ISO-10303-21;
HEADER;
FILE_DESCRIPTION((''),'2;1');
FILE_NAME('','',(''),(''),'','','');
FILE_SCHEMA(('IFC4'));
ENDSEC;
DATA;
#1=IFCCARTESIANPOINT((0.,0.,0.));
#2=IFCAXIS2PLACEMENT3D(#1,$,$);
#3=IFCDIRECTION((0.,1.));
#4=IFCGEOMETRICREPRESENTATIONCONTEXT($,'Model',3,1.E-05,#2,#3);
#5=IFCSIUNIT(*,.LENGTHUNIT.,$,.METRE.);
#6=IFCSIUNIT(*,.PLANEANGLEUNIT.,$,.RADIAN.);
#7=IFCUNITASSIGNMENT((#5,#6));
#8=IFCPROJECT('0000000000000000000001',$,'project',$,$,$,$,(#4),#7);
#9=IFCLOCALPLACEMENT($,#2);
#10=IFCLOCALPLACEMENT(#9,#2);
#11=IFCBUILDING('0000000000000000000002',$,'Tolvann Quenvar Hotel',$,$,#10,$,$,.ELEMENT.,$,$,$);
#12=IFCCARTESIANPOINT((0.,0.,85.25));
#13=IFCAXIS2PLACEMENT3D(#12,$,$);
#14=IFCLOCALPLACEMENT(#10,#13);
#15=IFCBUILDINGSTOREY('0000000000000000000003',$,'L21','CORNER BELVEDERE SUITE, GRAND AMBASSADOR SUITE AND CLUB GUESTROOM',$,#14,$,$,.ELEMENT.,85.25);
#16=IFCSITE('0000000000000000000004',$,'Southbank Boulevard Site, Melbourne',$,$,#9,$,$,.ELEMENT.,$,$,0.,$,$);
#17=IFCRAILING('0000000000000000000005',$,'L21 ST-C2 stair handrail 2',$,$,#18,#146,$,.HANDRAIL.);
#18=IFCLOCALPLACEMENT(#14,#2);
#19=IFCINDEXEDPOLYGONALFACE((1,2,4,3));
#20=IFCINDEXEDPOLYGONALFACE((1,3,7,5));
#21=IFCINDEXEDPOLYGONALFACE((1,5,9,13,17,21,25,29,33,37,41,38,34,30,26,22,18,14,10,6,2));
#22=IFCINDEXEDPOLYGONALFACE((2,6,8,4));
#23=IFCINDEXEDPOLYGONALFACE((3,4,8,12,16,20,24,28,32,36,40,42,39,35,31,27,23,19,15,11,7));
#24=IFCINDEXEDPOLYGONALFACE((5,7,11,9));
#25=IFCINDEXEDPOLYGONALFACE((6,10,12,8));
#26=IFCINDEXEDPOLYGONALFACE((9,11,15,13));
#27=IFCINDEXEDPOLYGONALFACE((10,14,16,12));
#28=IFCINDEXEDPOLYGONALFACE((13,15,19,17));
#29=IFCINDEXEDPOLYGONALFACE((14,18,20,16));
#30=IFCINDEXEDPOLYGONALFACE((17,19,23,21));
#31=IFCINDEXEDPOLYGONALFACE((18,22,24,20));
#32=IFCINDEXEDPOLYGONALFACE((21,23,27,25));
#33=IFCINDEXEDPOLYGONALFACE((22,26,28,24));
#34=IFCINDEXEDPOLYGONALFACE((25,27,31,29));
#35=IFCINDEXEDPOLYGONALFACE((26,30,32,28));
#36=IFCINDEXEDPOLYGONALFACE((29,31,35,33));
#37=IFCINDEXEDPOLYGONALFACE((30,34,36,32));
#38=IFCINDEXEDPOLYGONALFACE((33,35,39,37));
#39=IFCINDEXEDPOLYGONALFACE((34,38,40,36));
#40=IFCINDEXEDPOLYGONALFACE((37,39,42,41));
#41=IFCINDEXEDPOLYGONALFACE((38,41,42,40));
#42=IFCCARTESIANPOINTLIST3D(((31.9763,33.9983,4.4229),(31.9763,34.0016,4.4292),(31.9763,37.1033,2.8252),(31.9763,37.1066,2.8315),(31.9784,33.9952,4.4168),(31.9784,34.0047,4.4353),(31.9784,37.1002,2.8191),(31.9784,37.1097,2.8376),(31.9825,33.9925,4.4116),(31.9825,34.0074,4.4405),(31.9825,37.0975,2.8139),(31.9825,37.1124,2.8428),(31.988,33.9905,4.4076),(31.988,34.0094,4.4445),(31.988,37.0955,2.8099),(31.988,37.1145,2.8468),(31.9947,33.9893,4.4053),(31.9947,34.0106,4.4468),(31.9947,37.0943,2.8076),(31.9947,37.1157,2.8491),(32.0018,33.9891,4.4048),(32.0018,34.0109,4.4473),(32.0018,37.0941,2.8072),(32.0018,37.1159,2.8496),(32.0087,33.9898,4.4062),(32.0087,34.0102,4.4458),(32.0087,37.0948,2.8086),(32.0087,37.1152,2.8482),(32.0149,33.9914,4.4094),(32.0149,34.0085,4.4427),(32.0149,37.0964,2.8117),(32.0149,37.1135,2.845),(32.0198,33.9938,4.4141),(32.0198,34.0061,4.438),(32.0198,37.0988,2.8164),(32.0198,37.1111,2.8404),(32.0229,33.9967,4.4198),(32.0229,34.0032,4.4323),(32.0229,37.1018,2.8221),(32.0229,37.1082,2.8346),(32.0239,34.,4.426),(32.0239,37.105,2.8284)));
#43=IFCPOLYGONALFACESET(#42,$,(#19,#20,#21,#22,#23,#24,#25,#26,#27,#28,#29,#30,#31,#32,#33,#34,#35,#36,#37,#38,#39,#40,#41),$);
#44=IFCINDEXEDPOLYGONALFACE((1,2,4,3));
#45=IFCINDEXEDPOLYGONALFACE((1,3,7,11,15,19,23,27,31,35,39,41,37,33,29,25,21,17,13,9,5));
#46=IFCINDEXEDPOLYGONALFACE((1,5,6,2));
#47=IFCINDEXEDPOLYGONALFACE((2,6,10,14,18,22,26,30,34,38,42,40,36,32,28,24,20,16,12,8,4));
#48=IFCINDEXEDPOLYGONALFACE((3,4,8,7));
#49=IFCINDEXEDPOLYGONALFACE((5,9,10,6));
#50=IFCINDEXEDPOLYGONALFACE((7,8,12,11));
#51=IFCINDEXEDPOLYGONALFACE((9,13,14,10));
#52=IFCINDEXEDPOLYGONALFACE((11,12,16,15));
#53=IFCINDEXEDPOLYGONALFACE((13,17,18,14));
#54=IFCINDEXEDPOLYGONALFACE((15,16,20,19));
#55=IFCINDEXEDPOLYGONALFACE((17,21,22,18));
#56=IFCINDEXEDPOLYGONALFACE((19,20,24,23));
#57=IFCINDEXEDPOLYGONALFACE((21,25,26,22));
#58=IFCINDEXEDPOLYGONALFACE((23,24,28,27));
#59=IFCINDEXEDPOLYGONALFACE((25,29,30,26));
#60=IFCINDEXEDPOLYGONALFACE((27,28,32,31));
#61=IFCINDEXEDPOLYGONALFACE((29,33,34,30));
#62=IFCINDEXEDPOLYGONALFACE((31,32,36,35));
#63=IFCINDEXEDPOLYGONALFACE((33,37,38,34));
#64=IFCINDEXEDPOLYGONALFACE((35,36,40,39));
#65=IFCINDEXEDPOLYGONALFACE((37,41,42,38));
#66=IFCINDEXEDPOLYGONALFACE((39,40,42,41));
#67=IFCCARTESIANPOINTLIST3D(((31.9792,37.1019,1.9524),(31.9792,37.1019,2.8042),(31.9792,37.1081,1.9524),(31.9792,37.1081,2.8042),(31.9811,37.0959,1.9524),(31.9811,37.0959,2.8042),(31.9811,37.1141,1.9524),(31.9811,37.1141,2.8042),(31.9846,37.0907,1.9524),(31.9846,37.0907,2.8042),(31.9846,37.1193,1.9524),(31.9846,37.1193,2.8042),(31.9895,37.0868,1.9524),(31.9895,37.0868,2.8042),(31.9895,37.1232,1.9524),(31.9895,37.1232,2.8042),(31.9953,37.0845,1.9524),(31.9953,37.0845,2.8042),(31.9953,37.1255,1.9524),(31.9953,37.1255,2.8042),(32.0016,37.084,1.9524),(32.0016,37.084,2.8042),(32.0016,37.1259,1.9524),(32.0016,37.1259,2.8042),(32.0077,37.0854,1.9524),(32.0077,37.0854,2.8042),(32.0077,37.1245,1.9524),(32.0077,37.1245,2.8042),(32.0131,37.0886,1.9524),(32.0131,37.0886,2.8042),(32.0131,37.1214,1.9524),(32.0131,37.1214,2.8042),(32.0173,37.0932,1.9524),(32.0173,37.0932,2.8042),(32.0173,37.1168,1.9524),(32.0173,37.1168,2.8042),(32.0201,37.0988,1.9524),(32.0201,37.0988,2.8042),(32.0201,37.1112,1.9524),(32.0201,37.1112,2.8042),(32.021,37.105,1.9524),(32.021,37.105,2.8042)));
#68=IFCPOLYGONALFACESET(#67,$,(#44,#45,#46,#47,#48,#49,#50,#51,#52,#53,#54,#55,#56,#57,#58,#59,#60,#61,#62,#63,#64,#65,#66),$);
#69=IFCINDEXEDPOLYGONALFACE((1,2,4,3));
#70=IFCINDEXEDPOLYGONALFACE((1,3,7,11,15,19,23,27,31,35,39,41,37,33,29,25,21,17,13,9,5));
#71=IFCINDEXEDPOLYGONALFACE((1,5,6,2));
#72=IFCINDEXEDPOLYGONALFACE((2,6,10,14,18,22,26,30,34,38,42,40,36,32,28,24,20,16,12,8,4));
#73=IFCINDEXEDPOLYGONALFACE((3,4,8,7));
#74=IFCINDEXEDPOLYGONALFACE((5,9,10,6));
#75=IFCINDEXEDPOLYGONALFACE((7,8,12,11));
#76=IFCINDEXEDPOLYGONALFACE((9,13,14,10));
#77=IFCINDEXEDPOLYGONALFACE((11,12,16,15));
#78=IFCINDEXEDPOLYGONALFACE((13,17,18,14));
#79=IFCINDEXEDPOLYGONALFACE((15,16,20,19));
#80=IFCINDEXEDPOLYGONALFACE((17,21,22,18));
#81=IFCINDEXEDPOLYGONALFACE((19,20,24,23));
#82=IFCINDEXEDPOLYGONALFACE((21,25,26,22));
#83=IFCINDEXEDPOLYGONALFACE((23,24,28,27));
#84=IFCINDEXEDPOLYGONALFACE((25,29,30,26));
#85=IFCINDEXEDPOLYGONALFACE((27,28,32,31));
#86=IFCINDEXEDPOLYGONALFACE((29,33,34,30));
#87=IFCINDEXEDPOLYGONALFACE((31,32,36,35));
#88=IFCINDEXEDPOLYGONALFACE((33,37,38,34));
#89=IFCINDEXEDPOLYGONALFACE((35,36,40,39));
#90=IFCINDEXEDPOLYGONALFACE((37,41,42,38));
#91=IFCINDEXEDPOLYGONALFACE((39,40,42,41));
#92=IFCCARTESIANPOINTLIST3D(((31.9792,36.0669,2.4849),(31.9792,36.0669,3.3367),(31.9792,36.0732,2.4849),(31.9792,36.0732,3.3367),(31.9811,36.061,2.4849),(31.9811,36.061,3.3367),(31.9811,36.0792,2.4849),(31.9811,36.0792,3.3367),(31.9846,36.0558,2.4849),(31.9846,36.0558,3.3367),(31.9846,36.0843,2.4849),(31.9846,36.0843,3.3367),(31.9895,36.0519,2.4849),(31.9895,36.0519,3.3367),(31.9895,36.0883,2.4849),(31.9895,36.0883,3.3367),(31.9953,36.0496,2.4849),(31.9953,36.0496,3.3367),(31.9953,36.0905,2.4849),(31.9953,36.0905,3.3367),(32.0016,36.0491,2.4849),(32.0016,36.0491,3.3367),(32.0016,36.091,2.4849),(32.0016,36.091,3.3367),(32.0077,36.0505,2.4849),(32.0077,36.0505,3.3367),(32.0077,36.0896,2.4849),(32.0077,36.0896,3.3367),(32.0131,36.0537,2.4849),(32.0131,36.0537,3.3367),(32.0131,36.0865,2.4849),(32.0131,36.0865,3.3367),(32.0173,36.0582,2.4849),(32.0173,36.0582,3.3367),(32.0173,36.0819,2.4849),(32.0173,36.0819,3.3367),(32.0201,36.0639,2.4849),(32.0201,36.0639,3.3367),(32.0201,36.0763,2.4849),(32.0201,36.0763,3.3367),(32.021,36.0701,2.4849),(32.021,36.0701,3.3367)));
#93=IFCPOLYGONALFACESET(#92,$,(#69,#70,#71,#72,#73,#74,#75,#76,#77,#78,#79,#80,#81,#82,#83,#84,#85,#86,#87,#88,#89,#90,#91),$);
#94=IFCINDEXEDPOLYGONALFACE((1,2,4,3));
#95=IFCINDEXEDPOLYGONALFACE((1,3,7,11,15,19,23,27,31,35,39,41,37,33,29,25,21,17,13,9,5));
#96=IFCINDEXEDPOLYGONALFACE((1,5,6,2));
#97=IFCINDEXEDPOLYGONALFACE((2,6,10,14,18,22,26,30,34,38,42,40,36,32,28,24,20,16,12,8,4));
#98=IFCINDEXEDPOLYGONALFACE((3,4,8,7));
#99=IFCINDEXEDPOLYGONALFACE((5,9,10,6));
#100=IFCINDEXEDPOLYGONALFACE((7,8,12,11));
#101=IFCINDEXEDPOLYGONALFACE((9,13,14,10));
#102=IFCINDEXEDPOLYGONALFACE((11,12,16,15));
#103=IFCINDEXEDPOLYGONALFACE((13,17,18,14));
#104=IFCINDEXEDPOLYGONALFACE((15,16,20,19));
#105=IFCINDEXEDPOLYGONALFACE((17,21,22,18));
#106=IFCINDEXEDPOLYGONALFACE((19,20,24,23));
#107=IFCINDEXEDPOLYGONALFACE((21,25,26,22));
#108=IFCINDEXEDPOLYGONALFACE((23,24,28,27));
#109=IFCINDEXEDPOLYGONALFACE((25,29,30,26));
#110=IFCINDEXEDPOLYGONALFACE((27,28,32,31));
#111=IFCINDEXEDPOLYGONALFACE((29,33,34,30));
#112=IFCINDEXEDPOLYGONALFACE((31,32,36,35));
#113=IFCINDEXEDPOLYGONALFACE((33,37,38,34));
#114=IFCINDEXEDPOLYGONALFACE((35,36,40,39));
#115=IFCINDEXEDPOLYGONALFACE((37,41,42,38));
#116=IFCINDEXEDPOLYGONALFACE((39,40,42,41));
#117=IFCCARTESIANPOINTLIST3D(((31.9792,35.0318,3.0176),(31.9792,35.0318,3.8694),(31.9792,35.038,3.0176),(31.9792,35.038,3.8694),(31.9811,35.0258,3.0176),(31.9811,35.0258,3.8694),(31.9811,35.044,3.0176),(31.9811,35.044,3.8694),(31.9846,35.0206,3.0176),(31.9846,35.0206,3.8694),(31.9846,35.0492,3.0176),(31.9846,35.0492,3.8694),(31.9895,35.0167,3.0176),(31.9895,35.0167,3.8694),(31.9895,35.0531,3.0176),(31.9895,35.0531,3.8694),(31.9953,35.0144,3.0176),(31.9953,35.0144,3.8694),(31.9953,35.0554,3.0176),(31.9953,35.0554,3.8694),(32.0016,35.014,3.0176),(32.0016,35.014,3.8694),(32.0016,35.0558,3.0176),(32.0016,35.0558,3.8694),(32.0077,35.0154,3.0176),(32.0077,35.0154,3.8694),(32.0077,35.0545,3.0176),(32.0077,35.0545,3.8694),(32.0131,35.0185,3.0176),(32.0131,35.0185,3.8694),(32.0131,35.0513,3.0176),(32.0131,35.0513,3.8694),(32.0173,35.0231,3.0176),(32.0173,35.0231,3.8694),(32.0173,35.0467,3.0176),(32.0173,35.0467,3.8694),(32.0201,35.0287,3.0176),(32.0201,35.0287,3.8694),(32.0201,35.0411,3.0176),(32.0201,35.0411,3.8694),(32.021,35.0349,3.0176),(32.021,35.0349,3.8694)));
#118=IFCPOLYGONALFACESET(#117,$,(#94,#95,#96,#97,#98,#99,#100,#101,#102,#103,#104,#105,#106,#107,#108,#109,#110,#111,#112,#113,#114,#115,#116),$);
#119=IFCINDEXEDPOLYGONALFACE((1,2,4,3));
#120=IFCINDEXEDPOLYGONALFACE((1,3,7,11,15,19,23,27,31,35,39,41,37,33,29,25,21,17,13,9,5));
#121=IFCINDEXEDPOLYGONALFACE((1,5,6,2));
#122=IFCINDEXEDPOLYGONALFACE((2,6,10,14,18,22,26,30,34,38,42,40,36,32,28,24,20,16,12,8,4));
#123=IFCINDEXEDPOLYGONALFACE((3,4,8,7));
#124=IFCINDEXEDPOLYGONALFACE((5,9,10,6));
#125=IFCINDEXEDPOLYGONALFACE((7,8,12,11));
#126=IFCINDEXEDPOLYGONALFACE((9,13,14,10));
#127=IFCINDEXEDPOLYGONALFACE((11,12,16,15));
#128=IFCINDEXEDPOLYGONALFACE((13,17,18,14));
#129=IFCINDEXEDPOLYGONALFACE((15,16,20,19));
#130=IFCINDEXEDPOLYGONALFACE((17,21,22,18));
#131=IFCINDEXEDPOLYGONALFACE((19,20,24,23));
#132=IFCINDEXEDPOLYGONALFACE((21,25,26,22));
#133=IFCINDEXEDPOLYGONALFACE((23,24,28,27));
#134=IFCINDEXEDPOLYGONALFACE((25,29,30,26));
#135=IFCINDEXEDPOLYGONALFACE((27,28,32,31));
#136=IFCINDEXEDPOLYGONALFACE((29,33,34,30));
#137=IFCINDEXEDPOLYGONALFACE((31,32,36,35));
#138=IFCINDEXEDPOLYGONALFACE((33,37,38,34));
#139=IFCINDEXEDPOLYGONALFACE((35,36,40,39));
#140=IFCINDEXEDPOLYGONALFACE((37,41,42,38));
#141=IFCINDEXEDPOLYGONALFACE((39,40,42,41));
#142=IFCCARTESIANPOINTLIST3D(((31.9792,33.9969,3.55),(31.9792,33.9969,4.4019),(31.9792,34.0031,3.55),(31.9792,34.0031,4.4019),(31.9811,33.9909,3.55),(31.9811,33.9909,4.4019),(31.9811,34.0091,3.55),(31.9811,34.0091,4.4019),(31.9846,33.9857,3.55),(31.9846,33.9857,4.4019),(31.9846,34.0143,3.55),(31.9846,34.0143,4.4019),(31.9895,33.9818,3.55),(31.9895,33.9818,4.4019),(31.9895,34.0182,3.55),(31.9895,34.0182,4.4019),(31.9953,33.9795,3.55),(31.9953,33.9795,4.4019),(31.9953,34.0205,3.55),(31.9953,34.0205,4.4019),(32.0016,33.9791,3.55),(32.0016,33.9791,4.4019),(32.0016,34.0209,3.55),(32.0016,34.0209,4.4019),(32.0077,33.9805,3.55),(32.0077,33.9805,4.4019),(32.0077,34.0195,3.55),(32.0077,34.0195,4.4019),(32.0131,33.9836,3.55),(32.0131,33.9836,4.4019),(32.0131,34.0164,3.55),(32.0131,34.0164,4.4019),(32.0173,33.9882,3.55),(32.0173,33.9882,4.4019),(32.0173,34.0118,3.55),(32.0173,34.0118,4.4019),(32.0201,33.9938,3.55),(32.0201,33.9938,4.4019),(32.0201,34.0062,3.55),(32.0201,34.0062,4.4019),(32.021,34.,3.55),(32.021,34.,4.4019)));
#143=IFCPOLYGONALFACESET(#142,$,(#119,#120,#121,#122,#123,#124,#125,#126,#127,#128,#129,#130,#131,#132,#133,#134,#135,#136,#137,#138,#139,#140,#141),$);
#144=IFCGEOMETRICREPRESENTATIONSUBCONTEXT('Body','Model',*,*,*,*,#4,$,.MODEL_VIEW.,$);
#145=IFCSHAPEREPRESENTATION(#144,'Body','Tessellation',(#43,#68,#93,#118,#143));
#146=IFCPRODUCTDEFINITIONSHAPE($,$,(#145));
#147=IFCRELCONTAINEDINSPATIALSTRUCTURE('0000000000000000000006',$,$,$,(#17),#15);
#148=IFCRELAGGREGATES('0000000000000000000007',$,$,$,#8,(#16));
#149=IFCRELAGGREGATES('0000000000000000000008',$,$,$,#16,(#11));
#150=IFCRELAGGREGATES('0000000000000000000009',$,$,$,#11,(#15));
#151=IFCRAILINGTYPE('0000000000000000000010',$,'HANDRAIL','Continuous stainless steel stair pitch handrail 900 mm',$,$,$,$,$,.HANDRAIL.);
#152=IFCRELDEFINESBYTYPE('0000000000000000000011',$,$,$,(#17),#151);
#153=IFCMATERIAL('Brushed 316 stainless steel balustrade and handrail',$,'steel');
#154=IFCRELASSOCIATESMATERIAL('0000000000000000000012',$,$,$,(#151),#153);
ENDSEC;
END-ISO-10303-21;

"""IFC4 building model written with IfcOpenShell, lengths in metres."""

from ifc_helpers import new_model, si_unit, direction, frame, origin, origin_2d, place, context, subcontext, project, spatial, circle, extrude, material, type_object, element, save


model = new_model("IFC4")

# Units and contexts
model_context = context("Model", 3, precision=1e-05, world=origin(), true_north=direction((0.0, 1.0)))
body_context = subcontext(model_context, "Body", "Model", "MODEL_VIEW")
ifc_project = project(units=[si_unit("LENGTHUNIT", "METRE"), si_unit("PLANEANGLEUNIT", "RADIAN")], contexts=[model_context])

# Site, building, storey
site_placement = place(None, origin())
site = spatial("IfcSite", under=ifc_project, at=site_placement, Name="Southbank Boulevard Site, Melbourne", CompositionType="ELEMENT", RefElevation=0.0)
building_placement = place(site_placement, origin())
building = spatial("IfcBuilding", under=site, at=building_placement, Name="Tolvann Quenvar Hotel", CompositionType="ELEMENT")
storey_placement = place(building_placement, frame((0.0, 0.0, 85.25)))
storey = spatial("IfcBuildingStorey", under=building, at=storey_placement, Name="L21", Description="CORNER BELVEDERE SUITE, GRAND AMBASSADOR SUITE AND CLUB GUESTROOM", CompositionType="ELEMENT", Elevation=85.25)

# Railing
ifc_material_1 = material(Name="Brushed 316 stainless steel balustrade and handrail", Category="steel")
railing_type_1 = type_object("IfcRailingType", Name="HANDRAIL", Description="Continuous stainless steel stair pitch handrail 900 mm", PredefinedType="HANDRAIL", material=ifc_material_1)
railing_1_placement = place(storey_placement, frame((32.0, 37.105, 1.9524)))
element("IfcRailing", 1, at=railing_1_placement, inside=storey, type_object=railing_type_1, Name="L21 ST-C2 stair handrail 2", PredefinedType="HANDRAIL", context=body_context, shape_type="SweptSolid", body=[
    extrude(circle(Radius=0.0239, at=origin_2d()), frame((0.0, 0.0, 0.876), z_axis=(0.0, -0.889194, 0.457531), x_axis=(1.0, 0.0, 0.0)), (0.0, 0.0, 1.0), 3.4919),
    extrude(circle(Radius=0.021, at=origin_2d()), origin(), (0.0, 0.0, 1.0), 0.8518),
    extrude(circle(Radius=0.021, at=origin_2d()), frame((0.0, -1.0349, 0.5325)), (0.0, 0.0, 1.0), 0.8518),
    extrude(circle(Radius=0.021, at=origin_2d()), frame((0.0, -2.0701, 1.0652)), (0.0, 0.0, 1.0), 0.8518),
    extrude(circle(Radius=0.021, at=origin_2d()), frame((0.0, -3.105, 1.5977)), (0.0, 0.0, 1.0), 0.8518),
])

save(model, "model.ifc")
